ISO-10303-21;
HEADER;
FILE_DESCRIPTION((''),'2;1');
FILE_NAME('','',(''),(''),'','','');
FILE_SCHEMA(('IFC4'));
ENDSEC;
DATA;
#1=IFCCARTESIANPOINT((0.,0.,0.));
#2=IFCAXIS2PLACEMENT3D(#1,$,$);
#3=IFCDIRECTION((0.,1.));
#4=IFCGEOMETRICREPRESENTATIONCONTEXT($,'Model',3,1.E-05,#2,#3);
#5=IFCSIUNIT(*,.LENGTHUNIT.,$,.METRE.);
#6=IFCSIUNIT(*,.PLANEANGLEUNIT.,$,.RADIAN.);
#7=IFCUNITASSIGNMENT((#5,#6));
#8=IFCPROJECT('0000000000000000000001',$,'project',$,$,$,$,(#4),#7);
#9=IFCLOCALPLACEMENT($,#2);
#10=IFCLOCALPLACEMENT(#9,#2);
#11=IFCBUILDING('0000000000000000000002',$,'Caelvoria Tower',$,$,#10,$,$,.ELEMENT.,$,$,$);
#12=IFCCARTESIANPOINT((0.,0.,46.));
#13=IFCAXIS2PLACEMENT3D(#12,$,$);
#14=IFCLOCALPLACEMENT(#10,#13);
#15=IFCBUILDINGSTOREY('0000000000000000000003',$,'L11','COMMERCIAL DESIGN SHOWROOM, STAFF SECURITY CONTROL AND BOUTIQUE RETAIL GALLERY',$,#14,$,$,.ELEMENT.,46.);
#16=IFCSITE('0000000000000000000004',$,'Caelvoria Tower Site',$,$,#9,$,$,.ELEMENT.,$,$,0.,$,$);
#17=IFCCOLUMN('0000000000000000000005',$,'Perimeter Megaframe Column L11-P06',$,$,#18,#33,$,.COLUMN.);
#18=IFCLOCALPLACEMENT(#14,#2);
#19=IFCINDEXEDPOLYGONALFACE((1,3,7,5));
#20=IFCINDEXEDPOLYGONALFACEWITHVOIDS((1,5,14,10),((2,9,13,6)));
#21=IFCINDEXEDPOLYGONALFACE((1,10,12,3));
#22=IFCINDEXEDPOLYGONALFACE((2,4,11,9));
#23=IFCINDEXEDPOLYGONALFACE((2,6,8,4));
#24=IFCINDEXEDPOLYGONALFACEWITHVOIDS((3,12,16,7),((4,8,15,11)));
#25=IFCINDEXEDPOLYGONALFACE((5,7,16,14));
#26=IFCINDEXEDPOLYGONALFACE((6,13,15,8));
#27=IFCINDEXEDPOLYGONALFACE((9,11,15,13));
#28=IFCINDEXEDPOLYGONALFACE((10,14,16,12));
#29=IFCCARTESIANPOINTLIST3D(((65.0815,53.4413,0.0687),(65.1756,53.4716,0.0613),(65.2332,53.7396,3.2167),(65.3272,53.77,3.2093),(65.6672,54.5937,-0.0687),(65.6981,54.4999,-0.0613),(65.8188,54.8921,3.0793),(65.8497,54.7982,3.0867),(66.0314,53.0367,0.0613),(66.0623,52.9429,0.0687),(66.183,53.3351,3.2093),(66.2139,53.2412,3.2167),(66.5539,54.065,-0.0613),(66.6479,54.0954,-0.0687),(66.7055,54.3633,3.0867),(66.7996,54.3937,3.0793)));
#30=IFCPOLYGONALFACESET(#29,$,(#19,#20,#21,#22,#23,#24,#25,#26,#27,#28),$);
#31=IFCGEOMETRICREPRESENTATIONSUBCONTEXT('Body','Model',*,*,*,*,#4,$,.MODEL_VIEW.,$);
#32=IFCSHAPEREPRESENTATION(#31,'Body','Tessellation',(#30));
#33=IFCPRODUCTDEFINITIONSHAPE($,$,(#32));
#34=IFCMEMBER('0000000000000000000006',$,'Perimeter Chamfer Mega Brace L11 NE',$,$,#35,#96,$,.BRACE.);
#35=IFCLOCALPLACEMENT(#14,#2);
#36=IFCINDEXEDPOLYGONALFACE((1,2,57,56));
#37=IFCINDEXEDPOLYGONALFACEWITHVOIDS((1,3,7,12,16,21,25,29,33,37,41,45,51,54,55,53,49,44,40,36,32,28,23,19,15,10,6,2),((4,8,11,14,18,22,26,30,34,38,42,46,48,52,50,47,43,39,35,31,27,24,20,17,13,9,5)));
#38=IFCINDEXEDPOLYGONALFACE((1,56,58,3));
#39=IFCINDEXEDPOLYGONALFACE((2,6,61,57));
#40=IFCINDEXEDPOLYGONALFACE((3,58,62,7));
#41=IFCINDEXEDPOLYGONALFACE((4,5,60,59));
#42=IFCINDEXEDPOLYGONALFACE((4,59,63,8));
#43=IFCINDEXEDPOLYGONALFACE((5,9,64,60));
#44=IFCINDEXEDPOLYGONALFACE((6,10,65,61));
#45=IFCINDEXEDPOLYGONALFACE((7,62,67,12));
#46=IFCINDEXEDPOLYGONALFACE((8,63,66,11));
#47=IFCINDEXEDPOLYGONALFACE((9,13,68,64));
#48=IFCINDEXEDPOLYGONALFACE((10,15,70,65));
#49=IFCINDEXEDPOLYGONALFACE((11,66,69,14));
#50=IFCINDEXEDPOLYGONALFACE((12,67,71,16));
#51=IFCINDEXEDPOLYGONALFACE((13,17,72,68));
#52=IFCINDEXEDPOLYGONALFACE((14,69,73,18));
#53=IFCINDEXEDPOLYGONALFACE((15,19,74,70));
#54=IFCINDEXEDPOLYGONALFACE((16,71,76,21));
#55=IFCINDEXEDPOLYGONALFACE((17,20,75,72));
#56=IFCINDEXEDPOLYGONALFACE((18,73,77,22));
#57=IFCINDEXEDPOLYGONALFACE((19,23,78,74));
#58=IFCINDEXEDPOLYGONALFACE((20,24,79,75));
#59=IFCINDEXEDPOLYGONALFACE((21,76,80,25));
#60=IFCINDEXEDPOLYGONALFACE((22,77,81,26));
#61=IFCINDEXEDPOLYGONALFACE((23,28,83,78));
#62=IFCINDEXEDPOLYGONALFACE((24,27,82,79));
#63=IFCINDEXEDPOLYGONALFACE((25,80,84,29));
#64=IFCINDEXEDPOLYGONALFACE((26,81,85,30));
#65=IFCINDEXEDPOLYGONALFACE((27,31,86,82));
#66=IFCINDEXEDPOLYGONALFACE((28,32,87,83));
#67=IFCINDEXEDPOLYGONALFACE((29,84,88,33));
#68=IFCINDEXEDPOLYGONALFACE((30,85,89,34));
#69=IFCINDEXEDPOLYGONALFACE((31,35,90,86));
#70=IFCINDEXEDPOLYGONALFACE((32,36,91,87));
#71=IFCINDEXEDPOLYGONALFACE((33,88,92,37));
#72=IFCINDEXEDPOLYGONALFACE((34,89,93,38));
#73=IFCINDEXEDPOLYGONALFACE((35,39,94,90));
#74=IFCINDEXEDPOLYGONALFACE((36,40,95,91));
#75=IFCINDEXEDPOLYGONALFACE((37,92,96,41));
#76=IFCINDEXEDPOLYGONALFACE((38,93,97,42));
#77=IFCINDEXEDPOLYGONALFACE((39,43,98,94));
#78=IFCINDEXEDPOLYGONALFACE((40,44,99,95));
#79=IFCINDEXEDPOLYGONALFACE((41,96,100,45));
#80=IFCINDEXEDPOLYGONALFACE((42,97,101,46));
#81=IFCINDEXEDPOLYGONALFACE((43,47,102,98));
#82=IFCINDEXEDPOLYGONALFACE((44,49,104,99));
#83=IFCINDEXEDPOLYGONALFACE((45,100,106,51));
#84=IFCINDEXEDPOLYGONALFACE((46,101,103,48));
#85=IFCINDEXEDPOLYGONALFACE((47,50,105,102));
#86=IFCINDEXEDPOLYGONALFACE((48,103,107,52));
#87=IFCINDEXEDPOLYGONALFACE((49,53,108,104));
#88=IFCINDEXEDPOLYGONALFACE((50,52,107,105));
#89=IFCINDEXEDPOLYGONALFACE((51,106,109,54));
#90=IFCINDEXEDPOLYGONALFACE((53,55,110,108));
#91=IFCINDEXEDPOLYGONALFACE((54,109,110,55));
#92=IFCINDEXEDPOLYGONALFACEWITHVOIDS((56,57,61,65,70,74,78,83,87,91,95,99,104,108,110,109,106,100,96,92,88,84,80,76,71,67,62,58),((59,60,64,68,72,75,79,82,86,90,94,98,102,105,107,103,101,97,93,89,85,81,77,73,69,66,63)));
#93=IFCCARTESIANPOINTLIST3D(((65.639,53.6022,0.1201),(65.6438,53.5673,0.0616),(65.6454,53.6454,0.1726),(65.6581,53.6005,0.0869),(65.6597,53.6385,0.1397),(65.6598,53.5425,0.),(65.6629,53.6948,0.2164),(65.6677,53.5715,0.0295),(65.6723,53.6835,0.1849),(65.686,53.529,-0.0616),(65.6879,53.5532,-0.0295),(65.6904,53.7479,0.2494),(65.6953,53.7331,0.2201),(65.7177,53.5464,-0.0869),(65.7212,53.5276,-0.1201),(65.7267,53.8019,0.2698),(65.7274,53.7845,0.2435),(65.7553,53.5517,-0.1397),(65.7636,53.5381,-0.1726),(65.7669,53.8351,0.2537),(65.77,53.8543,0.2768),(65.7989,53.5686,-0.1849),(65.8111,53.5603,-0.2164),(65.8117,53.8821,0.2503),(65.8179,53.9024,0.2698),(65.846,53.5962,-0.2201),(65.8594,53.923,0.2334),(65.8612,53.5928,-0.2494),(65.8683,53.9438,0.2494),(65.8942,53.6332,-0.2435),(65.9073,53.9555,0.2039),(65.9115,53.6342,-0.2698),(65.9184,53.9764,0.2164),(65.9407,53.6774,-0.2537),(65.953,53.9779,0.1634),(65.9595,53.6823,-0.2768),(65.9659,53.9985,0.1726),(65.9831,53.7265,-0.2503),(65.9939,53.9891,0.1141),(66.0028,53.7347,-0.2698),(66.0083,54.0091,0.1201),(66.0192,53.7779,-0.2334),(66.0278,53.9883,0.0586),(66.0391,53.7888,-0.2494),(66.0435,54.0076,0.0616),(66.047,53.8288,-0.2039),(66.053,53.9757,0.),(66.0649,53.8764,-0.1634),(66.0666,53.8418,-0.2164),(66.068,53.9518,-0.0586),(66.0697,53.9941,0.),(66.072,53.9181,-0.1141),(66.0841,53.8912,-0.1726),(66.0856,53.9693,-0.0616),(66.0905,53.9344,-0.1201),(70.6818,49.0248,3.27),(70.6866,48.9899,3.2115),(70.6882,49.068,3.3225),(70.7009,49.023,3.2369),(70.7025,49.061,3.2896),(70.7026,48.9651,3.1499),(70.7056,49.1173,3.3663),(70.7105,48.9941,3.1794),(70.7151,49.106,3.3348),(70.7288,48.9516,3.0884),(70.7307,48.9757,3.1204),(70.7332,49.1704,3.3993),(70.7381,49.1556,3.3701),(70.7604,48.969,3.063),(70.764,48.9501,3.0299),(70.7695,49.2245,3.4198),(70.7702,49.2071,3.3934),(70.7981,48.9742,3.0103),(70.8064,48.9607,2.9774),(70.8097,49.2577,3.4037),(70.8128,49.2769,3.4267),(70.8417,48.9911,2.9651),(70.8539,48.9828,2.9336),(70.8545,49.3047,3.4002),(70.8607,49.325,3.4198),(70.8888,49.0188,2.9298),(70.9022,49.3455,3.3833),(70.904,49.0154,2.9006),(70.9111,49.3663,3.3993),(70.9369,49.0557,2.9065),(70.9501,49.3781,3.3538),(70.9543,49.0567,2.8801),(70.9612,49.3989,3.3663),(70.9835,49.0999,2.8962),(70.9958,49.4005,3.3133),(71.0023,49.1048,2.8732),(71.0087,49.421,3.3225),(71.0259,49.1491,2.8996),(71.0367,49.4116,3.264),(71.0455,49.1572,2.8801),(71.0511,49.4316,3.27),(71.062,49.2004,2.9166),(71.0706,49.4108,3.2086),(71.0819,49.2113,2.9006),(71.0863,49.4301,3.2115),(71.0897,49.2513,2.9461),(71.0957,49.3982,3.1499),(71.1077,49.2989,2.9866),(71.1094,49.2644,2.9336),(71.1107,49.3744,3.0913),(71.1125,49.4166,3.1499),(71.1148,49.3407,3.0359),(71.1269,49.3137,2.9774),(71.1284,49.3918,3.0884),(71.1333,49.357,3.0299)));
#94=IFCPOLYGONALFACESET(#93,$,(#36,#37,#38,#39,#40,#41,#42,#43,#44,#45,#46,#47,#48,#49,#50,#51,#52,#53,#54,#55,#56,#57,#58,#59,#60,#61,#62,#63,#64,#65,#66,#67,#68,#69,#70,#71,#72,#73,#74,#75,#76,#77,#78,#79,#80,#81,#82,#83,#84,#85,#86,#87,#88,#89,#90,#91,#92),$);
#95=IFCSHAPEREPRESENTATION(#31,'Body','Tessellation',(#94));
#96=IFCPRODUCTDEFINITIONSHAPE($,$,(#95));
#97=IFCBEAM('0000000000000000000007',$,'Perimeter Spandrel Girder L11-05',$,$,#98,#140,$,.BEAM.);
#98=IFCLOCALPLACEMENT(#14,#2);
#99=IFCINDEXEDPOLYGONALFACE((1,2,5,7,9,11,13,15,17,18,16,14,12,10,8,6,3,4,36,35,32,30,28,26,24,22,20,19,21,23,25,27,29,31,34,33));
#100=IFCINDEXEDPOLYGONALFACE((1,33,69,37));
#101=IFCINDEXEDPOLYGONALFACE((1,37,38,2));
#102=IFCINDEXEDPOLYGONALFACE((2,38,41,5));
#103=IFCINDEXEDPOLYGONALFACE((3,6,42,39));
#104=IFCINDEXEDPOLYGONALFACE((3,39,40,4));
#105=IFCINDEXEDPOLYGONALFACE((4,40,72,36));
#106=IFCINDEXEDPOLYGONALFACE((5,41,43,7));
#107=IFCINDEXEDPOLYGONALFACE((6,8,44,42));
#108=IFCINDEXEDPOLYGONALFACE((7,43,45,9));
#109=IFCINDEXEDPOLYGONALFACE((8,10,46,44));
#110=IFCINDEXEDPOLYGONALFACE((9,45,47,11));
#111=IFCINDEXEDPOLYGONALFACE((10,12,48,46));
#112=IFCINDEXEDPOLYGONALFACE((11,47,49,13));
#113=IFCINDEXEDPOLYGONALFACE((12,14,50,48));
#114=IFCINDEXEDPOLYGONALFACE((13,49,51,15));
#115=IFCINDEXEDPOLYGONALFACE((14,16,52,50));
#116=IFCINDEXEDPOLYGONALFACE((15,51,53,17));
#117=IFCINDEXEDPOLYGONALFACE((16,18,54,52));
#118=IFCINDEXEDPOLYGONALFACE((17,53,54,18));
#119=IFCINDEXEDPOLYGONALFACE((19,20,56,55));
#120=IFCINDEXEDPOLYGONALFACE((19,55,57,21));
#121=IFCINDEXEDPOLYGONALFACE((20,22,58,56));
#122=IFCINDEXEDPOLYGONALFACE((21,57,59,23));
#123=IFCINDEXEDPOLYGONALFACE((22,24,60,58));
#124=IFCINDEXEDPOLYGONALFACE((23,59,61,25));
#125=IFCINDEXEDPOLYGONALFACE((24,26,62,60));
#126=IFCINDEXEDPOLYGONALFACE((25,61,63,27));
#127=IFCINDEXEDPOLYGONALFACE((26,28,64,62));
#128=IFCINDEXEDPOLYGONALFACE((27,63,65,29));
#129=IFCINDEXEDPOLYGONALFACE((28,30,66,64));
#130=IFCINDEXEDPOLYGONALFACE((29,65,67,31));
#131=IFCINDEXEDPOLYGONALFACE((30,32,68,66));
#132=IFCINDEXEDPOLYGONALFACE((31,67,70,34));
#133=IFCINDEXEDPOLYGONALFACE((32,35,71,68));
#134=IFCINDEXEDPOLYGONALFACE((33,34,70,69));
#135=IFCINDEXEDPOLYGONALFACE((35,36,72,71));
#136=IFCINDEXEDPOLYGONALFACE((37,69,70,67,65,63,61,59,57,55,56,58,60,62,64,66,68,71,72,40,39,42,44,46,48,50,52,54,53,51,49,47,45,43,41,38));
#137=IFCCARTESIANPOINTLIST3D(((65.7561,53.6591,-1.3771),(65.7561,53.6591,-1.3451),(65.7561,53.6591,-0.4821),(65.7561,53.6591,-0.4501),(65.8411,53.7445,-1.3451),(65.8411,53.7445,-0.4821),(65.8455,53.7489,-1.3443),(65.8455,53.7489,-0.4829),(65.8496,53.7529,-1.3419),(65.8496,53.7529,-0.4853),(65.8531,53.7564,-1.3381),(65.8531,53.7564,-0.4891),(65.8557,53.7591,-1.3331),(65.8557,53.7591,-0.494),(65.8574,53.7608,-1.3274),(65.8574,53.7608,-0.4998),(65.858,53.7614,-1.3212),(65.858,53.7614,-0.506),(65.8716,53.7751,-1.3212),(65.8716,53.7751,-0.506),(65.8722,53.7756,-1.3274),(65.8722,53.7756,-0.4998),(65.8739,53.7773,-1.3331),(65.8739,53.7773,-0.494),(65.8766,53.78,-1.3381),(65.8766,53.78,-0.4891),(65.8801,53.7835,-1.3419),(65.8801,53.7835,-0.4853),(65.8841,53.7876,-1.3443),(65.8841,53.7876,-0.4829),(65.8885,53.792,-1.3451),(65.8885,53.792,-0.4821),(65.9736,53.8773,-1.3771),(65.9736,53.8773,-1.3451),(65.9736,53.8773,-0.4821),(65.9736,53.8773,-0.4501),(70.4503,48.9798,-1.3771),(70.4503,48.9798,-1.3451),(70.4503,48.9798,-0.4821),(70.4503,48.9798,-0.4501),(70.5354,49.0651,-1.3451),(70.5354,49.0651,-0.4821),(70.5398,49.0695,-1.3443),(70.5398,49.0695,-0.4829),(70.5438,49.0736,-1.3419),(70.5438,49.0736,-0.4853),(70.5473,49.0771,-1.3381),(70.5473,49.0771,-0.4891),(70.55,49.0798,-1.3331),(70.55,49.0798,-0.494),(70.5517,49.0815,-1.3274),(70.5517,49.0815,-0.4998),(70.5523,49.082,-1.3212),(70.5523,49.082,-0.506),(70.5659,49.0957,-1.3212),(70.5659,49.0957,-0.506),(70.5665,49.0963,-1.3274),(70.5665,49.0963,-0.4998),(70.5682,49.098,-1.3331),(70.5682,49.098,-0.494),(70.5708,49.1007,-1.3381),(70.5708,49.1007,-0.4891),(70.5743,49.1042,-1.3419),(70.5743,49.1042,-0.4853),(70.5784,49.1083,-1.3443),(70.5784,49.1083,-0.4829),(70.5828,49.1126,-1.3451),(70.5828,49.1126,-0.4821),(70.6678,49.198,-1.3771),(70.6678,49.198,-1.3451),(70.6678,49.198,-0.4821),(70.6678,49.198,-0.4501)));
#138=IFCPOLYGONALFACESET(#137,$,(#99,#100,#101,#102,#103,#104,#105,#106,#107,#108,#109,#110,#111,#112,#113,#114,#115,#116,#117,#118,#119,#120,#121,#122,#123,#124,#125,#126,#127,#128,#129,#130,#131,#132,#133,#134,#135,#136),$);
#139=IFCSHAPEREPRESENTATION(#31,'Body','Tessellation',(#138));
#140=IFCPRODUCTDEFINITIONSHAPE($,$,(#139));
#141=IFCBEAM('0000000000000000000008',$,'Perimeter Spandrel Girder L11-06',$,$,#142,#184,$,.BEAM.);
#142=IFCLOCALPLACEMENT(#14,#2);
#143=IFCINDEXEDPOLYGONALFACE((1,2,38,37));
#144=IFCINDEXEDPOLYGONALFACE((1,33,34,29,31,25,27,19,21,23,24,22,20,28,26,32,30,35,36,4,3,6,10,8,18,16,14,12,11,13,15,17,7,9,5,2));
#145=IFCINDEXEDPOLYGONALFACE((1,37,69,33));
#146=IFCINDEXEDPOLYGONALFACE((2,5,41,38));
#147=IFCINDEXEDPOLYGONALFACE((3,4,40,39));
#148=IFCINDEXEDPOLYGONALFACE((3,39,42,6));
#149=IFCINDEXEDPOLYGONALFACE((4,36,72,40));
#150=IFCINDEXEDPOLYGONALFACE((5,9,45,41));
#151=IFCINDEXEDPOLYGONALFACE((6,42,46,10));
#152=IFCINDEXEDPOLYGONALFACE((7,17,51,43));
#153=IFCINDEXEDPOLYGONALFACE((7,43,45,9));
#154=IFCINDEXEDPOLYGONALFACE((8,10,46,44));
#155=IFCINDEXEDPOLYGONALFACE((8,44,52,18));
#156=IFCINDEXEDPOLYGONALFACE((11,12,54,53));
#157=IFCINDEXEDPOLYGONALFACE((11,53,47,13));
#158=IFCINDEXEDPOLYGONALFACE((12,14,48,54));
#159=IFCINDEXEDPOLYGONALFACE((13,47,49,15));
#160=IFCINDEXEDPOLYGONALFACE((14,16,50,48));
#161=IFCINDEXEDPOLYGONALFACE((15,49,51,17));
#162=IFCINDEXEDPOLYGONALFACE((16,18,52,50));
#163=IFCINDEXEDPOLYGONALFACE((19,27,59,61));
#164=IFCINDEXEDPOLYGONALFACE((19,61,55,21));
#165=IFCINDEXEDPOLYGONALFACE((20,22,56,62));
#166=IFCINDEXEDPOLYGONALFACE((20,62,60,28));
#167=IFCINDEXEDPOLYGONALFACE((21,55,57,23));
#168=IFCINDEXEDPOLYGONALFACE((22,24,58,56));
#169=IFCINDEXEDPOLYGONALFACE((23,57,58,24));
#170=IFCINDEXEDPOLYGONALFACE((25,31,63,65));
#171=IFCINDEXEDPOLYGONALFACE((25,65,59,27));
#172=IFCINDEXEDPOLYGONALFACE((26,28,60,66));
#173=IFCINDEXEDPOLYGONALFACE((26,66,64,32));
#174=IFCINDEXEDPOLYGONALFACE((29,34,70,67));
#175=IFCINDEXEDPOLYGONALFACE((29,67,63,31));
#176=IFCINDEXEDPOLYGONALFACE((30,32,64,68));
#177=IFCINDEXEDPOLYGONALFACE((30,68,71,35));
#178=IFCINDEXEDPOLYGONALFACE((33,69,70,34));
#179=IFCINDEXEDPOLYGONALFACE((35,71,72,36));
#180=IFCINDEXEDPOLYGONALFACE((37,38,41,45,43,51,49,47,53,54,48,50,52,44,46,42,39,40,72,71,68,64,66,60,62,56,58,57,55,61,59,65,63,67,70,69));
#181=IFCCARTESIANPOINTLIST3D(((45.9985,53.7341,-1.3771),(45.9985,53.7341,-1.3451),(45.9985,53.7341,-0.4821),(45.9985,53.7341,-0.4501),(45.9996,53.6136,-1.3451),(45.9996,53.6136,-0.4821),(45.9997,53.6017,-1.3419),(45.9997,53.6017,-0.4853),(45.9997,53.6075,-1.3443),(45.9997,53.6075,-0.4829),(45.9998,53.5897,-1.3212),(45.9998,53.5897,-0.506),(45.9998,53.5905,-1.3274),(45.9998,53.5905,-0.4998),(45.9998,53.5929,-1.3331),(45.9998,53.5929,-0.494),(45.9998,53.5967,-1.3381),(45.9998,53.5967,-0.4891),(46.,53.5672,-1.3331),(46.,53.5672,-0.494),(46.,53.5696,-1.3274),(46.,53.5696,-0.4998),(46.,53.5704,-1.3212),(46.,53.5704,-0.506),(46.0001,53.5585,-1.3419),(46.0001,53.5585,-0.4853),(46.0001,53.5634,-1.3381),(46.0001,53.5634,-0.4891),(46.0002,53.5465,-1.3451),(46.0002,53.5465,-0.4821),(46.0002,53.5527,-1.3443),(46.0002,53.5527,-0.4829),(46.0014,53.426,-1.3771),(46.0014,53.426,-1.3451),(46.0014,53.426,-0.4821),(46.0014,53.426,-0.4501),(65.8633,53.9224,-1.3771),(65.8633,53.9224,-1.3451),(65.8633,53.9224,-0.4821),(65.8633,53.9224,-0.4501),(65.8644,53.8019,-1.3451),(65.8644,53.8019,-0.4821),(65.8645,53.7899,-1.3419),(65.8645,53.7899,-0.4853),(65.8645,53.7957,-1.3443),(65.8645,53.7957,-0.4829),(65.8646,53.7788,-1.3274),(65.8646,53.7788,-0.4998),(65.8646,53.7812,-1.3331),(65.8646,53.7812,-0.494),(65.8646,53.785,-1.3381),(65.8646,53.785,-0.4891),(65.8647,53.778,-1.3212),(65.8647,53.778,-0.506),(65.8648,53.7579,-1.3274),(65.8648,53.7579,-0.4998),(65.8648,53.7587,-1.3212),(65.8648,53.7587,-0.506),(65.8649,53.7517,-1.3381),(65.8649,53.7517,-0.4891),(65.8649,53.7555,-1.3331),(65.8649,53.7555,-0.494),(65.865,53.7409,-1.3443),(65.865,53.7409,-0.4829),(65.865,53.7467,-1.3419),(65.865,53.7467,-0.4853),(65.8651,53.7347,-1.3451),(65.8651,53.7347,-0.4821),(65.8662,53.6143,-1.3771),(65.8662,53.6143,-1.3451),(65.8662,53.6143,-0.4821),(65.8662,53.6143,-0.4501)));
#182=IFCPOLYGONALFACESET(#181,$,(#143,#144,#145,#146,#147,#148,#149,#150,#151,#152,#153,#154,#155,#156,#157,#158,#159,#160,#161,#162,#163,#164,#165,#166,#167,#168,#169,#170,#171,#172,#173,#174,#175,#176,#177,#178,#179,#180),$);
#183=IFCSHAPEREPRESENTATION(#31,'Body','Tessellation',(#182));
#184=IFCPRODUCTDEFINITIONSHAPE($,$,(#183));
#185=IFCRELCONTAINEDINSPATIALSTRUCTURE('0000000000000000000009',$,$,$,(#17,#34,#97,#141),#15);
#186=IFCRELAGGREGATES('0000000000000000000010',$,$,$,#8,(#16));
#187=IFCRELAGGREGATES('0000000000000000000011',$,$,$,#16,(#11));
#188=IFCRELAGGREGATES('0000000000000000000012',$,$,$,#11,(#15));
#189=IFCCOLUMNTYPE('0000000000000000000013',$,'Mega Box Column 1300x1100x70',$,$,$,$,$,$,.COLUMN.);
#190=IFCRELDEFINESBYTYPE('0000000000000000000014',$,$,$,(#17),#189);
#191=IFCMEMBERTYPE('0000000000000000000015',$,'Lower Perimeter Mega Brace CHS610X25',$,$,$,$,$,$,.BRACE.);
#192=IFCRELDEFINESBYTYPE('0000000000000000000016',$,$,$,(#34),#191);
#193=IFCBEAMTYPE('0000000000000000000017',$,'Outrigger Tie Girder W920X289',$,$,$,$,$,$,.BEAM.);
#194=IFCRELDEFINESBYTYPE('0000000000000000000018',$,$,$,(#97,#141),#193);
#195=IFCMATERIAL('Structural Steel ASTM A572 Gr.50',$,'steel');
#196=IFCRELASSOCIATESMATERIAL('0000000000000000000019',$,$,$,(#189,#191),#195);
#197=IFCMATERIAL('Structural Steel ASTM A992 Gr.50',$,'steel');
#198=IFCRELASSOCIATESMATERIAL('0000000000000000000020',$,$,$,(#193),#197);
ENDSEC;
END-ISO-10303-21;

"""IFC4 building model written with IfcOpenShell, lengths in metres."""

from ifc_helpers import new_model, si_unit, direction, frame, origin, origin_2d, place, context, subcontext, project, spatial, hollow_rectangle, hollow_circle, i_section, extrude, material, material_profile, profile_set, type_object, element, save


model = new_model("IFC4")

# Units and contexts
model_context = context("Model", 3, precision=1e-05, world=origin(), true_north=direction((0.0, 1.0)))
body_context = subcontext(model_context, "Body", "Model", "MODEL_VIEW")
ifc_project = project(units=[si_unit("LENGTHUNIT", "METRE"), si_unit("PLANEANGLEUNIT", "RADIAN")], contexts=[model_context])

# Site, building, storey
site_placement = place(None, origin())
site = spatial("IfcSite", under=ifc_project, at=site_placement, Name="Caelvoria Tower Site", CompositionType="ELEMENT", RefElevation=0.0)
building_placement = place(site_placement, origin())
building = spatial("IfcBuilding", under=site, at=building_placement, Name="Caelvoria Tower", CompositionType="ELEMENT")
storey_placement = place(building_placement, frame((0.0, 0.0, 46.0)))
storey = spatial("IfcBuildingStorey", under=building, at=storey_placement, Name="L11", Description="COMMERCIAL DESIGN SHOWROOM, STAFF SECURITY CONTROL AND BOUTIQUE RETAIL GALLERY", CompositionType="ELEMENT", Elevation=46.0)

# Column
ifc_material_1 = material(Name="Structural Steel ASTM A572 Gr.50", Category="steel")
ifc_material_profile_1 = material_profile(ifc_material_1, hollow_rectangle(XDim=1.1001, YDim=1.3, WallThickness=0.0701, at=origin_2d()), Name="Structural Steel ASTM A572 Gr.50")
ifc_profile_set_1 = profile_set([ifc_material_profile_1], Name="BOX1300X1100X70 - Structural Steel ASTM A572 Gr.50")
column_type = type_object("IfcColumnType", Name="Mega Box Column 1300x1100x70", PredefinedType="COLUMN", material=ifc_profile_set_1)
column_placement = place(storey_placement, frame((65.8647, 53.7683, 0.0), z_axis=(0.047892, 0.094242, 0.994397), x_axis=(-0.89149, 0.45304, 0.0)))
element("IfcColumn", 1, at=column_placement, inside=storey, type_object=column_type, Name="Perimeter Megaframe Column L11-P06", PredefinedType="COLUMN", context=body_context, shape_type="SweptSolid", body=[
    extrude(hollow_rectangle(XDim=1.1001, YDim=1.3, WallThickness=0.0701, at=origin_2d()), origin(), (0.0, 0.0, 1.0), 3.1658),
])

# Member
ifc_material_profile_2 = material_profile(ifc_material_1, hollow_circle(Radius=0.3049, WallThickness=0.0249, at=origin_2d()), Name="Structural Steel ASTM A572 Gr.50")
ifc_profile_set_2 = profile_set([ifc_material_profile_2], Name="CHS610X25 - Structural Steel ASTM A572 Gr.50")
member_type = type_object("IfcMemberType", Name="Lower Perimeter Mega Brace CHS610X25", PredefinedType="BRACE", material=ifc_profile_set_2)
member_placement = place(storey_placement, frame((65.8647, 53.7683, 0.0), z_axis=(0.672044, -0.610029, 0.419787), x_axis=(0.672118, 0.740444, 0.0)))
element("IfcMember", 2, at=member_placement, inside=storey, type_object=member_type, Name="Perimeter Chamfer Mega Brace L11 NE", PredefinedType="BRACE", context=body_context, shape_type="SweptSolid", body=[
    extrude(hollow_circle(Radius=0.3049, WallThickness=0.0249, at=origin_2d()), origin(), (0.0, 0.0, 1.0), 7.5037),
])

# Beams
ifc_material_2 = material(Name="Structural Steel ASTM A992 Gr.50", Category="steel")
ifc_material_profile_3 = material_profile(ifc_material_2, i_section(OverallWidth=0.3081, OverallDepth=0.927, WebThickness=0.0193, FlangeThickness=0.032, FilletRadius=0.0239, at=origin_2d()), Name="Structural Steel ASTM A992 Gr.50")
ifc_profile_set_3 = profile_set([ifc_material_profile_3], Name="W920X289 - Structural Steel ASTM A992 Gr.50")
beam_type = type_object("IfcBeamType", Name="Outrigger Tie Girder W920X289", PredefinedType="BEAM", material=ifc_profile_set_3)
beam_1_placement = place(storey_placement, frame((70.5591, 49.0889, -0.9136), z_axis=(-0.708229, 0.705982, 0.0), x_axis=(-0.705982, -0.708229, 0.0)))
element("IfcBeam", 3, at=beam_1_placement, inside=storey, type_object=beam_type, Name="Perimeter Spandrel Girder L11-05", PredefinedType="BEAM", context=body_context, shape_type="SweptSolid", body=[
    extrude(i_section(OverallWidth=0.3081, OverallDepth=0.927, WebThickness=0.0193, FlangeThickness=0.032, FilletRadius=0.0239, at=origin_2d()), origin(), (0.0, 0.0, 1.0), 6.6282),
])
beam_2_placement = place(storey_placement, frame((65.8647, 53.7683, -0.9136), z_axis=(-0.999955, -0.009475, 0.0), x_axis=(0.009475, -0.999955, 0.0)))
element("IfcBeam", 4, at=beam_2_placement, inside=storey, type_object=beam_type, Name="Perimeter Spandrel Girder L11-06", PredefinedType="BEAM", context=body_context, shape_type="SweptSolid", body=[
    extrude(i_section(OverallWidth=0.3081, OverallDepth=0.927, WebThickness=0.0193, FlangeThickness=0.032, FilletRadius=0.0239, at=origin_2d()), origin(), (0.0, 0.0, 1.0), 19.8657),
])

save(model, "model.ifc")
